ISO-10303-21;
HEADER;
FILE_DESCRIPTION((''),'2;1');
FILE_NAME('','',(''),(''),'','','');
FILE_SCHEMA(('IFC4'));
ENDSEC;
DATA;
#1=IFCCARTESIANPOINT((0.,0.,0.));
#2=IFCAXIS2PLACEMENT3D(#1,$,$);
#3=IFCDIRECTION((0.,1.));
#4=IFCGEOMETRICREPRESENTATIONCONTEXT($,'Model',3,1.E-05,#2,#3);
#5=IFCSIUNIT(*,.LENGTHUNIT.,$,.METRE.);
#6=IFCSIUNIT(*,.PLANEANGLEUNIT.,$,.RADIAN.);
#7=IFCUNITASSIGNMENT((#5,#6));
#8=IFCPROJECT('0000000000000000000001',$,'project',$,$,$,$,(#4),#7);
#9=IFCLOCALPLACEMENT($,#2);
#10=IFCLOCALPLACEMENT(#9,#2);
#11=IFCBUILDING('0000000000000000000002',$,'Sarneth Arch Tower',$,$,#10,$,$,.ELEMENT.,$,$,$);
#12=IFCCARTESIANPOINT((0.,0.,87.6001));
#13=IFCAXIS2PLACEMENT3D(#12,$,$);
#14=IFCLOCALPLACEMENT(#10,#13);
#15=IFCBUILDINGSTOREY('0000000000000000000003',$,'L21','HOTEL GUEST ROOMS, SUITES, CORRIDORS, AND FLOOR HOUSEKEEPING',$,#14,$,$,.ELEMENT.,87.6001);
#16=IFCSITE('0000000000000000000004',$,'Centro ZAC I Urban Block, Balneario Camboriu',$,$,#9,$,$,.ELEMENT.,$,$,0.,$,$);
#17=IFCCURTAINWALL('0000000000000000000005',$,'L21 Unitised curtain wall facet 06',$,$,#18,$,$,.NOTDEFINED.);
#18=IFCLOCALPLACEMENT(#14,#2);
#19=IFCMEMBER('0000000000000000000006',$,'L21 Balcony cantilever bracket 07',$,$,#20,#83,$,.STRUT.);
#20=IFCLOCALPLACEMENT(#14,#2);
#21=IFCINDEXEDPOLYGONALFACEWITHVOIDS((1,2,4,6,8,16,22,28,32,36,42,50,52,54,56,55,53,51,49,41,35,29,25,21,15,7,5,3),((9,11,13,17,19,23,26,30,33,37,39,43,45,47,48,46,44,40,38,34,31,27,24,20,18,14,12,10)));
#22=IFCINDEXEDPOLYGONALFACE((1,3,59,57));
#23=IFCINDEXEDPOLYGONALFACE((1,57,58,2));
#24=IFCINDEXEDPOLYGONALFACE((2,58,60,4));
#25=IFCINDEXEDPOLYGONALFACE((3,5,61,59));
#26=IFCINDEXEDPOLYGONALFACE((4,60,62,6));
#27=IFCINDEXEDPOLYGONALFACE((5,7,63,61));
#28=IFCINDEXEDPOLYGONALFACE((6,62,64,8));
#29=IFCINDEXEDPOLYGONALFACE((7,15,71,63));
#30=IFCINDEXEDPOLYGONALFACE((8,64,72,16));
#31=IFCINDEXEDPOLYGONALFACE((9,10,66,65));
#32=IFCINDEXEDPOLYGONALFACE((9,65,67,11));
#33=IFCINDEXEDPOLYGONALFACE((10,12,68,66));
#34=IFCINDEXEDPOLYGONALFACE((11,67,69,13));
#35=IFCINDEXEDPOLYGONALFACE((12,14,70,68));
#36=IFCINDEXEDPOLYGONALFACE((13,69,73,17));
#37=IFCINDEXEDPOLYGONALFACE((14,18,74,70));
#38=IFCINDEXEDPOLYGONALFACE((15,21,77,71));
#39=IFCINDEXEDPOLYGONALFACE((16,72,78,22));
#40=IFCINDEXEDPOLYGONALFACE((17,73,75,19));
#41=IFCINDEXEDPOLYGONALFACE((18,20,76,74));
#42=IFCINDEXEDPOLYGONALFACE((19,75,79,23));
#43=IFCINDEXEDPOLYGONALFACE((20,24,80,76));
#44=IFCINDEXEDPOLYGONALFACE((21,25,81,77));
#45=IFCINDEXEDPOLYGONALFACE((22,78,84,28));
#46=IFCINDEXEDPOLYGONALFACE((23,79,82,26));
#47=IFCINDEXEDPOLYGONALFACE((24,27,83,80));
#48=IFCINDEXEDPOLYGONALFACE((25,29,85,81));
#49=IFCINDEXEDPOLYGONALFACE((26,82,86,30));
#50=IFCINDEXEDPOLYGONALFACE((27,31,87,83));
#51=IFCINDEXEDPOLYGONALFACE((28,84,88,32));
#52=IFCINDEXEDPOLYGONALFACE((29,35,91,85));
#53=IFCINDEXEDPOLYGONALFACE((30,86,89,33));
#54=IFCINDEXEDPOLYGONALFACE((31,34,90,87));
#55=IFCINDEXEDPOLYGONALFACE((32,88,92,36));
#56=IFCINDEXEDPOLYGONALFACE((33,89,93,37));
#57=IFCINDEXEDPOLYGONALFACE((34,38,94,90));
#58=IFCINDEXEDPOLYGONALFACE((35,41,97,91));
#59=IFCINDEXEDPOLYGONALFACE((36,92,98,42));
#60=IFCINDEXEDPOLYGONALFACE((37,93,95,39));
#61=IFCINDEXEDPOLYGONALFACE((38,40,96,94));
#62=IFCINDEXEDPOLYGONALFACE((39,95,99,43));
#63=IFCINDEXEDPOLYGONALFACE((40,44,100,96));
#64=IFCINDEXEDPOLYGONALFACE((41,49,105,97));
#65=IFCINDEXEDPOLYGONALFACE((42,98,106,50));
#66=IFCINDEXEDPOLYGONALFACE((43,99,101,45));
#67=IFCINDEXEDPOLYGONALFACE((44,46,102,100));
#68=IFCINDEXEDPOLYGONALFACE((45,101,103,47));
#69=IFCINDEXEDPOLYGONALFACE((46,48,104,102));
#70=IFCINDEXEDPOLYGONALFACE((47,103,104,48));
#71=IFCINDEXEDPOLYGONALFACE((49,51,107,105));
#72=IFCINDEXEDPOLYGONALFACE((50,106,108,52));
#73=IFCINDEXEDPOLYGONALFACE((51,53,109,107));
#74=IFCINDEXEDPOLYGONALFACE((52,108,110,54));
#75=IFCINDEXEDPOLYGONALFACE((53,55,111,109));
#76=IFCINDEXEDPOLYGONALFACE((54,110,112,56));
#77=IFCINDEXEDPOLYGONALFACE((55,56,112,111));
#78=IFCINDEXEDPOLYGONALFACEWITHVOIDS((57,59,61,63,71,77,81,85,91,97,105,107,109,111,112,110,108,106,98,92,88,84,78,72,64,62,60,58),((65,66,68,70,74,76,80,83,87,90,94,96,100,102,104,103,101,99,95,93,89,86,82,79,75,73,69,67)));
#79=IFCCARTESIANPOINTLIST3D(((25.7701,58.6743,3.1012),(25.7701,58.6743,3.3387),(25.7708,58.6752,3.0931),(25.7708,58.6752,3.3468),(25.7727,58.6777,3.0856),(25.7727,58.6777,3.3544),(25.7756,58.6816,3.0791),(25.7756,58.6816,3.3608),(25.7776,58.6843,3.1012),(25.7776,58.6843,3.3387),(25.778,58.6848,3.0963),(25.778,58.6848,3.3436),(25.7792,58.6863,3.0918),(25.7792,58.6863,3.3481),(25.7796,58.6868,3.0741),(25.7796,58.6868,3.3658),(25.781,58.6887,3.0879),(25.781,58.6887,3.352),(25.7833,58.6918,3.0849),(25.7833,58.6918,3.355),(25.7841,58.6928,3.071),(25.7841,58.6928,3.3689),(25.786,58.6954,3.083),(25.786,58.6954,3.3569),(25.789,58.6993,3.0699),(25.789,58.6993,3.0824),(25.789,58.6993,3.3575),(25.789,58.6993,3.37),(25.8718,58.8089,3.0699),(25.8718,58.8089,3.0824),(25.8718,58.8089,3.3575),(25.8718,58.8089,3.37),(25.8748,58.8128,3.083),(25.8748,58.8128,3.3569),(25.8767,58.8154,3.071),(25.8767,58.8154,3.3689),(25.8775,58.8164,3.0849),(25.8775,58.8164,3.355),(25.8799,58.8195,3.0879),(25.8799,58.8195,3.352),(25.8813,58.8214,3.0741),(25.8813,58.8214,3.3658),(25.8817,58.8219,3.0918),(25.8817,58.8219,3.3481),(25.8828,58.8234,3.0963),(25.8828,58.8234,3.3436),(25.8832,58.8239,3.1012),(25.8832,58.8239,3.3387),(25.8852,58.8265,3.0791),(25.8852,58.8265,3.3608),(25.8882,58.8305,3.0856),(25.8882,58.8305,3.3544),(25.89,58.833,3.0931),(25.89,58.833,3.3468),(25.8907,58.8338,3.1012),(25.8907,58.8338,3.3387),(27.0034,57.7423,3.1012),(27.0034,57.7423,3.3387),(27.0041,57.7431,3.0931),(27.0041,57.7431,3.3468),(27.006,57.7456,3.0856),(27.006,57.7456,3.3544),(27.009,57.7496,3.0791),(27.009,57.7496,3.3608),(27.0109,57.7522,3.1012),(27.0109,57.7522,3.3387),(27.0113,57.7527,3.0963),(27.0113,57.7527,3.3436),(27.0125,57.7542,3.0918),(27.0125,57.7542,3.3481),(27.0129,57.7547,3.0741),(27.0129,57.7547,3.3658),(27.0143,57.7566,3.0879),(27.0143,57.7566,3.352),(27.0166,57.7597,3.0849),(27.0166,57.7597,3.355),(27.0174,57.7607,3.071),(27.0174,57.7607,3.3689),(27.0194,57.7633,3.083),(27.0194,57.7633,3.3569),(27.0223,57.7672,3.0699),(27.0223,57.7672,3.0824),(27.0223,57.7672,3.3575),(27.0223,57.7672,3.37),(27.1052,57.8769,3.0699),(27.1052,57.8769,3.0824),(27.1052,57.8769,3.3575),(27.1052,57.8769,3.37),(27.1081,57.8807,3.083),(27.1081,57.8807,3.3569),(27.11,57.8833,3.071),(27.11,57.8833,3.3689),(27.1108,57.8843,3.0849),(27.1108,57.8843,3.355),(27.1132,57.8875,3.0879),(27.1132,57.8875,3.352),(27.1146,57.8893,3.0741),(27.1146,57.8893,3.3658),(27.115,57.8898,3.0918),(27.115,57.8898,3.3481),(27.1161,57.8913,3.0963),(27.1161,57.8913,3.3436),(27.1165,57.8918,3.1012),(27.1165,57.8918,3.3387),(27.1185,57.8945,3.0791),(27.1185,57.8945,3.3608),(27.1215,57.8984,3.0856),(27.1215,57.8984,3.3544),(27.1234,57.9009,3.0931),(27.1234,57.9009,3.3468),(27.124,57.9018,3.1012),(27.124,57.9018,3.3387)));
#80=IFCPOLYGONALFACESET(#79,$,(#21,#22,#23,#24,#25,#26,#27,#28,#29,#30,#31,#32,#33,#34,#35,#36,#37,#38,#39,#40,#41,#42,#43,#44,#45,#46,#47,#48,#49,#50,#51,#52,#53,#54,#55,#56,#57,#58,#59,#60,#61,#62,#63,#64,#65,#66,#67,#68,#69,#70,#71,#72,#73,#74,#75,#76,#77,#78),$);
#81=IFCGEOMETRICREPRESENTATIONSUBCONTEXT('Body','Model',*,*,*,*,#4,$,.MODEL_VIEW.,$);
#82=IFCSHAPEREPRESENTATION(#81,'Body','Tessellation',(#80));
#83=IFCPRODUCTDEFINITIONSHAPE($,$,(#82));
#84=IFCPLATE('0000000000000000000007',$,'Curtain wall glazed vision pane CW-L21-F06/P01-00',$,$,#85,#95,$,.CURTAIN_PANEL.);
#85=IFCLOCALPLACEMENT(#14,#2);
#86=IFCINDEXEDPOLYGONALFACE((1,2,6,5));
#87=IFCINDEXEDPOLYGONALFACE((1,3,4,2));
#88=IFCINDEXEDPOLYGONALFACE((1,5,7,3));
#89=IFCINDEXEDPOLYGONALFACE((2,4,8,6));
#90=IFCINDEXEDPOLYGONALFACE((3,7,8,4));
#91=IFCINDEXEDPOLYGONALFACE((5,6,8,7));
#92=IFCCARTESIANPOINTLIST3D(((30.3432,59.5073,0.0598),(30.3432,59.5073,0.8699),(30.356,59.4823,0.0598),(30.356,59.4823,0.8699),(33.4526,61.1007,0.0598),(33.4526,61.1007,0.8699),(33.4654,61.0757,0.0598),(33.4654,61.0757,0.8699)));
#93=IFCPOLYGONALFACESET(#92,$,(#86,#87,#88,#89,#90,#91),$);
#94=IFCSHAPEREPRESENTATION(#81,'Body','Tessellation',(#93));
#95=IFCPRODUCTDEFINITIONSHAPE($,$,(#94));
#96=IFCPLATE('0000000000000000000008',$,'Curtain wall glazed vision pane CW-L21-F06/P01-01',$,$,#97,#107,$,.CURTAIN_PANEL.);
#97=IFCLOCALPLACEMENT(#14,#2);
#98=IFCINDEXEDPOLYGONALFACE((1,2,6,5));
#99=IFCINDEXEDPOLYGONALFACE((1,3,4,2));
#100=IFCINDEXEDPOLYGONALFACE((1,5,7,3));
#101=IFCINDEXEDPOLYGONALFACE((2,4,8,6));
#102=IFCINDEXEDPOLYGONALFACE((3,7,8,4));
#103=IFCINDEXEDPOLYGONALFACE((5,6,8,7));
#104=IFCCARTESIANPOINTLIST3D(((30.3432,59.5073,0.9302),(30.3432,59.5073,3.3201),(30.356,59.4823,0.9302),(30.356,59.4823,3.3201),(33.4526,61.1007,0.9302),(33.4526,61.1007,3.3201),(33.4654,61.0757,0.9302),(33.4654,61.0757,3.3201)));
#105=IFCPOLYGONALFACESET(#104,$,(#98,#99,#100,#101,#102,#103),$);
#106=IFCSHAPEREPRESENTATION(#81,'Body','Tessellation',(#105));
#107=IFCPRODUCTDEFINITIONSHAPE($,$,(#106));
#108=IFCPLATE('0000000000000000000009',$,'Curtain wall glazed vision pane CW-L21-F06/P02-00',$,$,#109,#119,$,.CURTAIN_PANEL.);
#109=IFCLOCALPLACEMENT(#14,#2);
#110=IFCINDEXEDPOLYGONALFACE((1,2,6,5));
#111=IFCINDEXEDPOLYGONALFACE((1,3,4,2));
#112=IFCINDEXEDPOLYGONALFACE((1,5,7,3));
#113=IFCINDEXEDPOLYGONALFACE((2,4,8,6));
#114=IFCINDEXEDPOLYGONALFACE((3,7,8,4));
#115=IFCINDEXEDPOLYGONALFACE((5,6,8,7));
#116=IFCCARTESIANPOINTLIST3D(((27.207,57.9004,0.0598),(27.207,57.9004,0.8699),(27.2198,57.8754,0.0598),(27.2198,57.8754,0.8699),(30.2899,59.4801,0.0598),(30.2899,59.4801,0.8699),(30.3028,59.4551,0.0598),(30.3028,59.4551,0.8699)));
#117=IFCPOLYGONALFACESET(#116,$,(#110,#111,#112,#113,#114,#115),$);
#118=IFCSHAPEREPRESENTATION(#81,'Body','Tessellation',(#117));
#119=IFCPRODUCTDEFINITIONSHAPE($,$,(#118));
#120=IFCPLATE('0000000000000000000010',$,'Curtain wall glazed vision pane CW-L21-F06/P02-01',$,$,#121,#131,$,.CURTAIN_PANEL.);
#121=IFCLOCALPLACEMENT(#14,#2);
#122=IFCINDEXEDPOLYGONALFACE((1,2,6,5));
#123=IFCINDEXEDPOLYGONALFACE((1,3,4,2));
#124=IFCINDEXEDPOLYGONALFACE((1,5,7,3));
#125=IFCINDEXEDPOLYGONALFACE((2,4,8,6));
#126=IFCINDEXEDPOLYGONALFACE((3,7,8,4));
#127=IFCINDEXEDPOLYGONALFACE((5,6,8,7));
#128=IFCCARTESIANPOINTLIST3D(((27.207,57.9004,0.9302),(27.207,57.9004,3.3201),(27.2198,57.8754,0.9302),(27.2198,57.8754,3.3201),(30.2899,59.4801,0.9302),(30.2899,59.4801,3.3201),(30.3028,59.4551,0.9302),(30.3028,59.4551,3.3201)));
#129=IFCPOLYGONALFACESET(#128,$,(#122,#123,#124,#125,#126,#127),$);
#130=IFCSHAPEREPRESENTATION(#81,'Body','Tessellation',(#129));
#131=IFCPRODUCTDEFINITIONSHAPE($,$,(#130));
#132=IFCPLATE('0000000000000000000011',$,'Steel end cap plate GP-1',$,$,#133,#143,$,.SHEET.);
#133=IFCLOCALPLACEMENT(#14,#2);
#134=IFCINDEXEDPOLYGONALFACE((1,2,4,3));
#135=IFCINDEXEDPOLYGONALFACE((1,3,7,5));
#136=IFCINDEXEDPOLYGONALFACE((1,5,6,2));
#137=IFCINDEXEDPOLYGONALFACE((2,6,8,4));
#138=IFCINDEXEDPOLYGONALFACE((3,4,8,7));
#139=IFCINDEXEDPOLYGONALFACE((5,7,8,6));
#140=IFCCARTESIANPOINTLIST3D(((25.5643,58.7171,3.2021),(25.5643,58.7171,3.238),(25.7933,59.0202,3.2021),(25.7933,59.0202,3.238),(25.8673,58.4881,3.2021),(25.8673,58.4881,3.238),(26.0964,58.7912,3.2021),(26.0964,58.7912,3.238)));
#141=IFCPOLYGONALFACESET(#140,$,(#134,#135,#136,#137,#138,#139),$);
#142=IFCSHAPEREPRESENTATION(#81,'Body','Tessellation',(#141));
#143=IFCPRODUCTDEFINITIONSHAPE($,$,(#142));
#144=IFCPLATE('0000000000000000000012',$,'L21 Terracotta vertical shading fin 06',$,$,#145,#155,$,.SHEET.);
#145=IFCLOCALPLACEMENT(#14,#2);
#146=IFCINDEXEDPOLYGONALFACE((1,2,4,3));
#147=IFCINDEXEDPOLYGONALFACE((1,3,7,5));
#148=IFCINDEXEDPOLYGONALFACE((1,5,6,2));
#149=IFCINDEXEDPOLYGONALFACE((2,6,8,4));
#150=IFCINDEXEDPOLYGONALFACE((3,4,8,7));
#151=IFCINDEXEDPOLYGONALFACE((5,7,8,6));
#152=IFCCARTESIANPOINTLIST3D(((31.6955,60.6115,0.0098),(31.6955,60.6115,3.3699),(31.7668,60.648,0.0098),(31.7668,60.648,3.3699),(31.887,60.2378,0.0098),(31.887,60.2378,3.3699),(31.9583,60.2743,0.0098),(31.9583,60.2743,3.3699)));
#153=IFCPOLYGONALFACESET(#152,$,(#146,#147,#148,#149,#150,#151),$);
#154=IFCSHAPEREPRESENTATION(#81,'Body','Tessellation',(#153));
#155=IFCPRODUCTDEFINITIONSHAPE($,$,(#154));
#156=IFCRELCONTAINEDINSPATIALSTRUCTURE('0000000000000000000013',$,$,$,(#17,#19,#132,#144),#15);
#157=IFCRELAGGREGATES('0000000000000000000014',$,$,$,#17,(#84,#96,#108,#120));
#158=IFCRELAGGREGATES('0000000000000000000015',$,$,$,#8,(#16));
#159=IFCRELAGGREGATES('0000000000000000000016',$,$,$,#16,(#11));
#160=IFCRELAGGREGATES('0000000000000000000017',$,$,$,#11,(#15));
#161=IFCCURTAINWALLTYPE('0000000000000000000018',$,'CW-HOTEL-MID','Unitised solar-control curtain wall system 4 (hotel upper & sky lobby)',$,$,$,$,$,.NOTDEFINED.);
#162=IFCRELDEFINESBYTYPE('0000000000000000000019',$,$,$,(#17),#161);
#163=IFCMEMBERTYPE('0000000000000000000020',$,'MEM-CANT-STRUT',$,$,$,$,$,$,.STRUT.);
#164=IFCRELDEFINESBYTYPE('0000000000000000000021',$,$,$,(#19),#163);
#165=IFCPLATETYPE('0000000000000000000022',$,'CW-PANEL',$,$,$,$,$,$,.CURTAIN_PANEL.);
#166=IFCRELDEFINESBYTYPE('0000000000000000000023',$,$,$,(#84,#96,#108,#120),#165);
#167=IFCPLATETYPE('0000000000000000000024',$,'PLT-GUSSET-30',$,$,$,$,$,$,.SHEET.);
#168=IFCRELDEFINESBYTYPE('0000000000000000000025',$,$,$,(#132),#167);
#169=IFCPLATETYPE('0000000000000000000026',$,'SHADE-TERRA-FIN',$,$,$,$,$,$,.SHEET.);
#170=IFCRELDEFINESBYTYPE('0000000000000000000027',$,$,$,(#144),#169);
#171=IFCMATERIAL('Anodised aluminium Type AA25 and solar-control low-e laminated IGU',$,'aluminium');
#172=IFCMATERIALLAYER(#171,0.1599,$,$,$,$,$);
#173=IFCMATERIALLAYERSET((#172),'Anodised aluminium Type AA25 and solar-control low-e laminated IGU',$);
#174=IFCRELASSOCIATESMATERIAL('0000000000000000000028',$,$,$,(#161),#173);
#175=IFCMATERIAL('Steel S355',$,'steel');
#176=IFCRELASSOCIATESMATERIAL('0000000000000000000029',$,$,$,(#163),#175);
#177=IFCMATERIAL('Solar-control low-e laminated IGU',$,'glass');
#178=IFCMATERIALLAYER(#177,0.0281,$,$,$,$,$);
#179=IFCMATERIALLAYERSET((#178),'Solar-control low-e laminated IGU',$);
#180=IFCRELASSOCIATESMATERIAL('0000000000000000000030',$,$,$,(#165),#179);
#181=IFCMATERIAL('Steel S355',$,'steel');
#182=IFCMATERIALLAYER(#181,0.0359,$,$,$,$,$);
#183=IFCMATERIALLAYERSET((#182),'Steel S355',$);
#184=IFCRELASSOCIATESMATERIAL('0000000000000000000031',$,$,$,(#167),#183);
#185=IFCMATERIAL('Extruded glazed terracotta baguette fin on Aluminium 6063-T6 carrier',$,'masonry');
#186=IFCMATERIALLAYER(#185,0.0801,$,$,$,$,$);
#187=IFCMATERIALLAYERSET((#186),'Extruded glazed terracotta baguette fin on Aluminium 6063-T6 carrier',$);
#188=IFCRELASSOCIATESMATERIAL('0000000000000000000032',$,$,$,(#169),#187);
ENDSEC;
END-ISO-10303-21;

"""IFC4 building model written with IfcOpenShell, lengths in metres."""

from ifc_helpers import new_model, si_unit, direction, frame, origin, origin_2d, place, context, subcontext, project, spatial, rectangle, hollow_rectangle, extrude, material, layer, layer_set, material_profile, profile_set, type_object, element, aggregate, save


model = new_model("IFC4")

# Units and contexts
model_context = context("Model", 3, precision=1e-05, world=origin(), true_north=direction((0.0, 1.0)))
body_context = subcontext(model_context, "Body", "Model", "MODEL_VIEW")
ifc_project = project(units=[si_unit("LENGTHUNIT", "METRE"), si_unit("PLANEANGLEUNIT", "RADIAN")], contexts=[model_context])

# Site, building, storey
site_placement = place(None, origin())
site = spatial("IfcSite", under=ifc_project, at=site_placement, Name="Centro ZAC I Urban Block, Balneario Camboriu", CompositionType="ELEMENT", RefElevation=0.0)
building_placement = place(site_placement, origin())
building = spatial("IfcBuilding", under=site, at=building_placement, Name="Sarneth Arch Tower", CompositionType="ELEMENT")
storey_placement = place(building_placement, frame((0.0, 0.0, 87.6001)))
storey = spatial("IfcBuildingStorey", under=building, at=storey_placement, Name="L21", Description="HOTEL GUEST ROOMS, SUITES, CORRIDORS, AND FLOOR HOUSEKEEPING", CompositionType="ELEMENT", Elevation=87.6001)

# Curtain wall
ifc_material_1 = material(Name="Anodised aluminium Type AA25 and solar-control low-e laminated IGU", Category="aluminium")
ifc_layer_1 = layer(ifc_material_1, 0.1599)
ifc_layer_set_1 = layer_set([ifc_layer_1], Name="Anodised aluminium Type AA25 and solar-control low-e laminated IGU")
curtain_wall_type = type_object("IfcCurtainWallType", Name="CW-HOTEL-MID", Description="Unitised solar-control curtain wall system 4 (hotel upper & sky lobby)", PredefinedType="NOTDEFINED", material=ifc_layer_set_1)
curtain_wall_placement = place(storey_placement, origin())
curtain_wall = element("IfcCurtainWall", 1, at=curtain_wall_placement, inside=storey, type_object=curtain_wall_type, Name="L21 Unitised curtain wall facet 06", PredefinedType="NOTDEFINED")

# Member
ifc_material_2 = material(Name="Steel S355", Category="steel")
ifc_material_profile_1 = material_profile(ifc_material_2, hollow_rectangle(XDim=0.2, YDim=0.3, WallThickness=0.0125, InnerFilletRadius=0.0188, OuterFilletRadius=0.0312, at=origin_2d()), Name="RHS300x200x12.5")
ifc_profile_set_1 = profile_set([ifc_material_profile_1], Name="Steel S355")
member_type_1 = type_object("IfcMemberType", Name="MEM-CANT-STRUT", PredefinedType="STRUT", material=ifc_profile_set_1)
member_1_placement = place(storey_placement, frame((27.0637, 57.822, 3.22), z_axis=(-0.797796, 0.602927, 0.0), x_axis=(-0.602927, -0.797796, 0.0)))
element("IfcMember", 2, at=member_1_placement, inside=storey, type_object=member_type_1, Name="L21 Balcony cantilever bracket 07", PredefinedType="STRUT", context=body_context, shape_type="SweptSolid", body=[
    extrude(hollow_rectangle(XDim=0.2, YDim=0.3, WallThickness=0.0125, InnerFilletRadius=0.0188, OuterFilletRadius=0.0312, at=origin_2d()), origin(), (0.0, 0.0, 1.0), 1.5459),
])

# Plates
ifc_material_3 = material(Name="Solar-control low-e laminated IGU", Category="glass")
ifc_layer_2 = layer(ifc_material_3, 0.0281)
ifc_layer_set_2 = layer_set([ifc_layer_2], Name="Solar-control low-e laminated IGU")
plate_type_1 = type_object("IfcPlateType", Name="CW-PANEL", PredefinedType="CURTAIN_PANEL", material=ifc_layer_set_2)
plate_1_placement = place(storey_placement, frame((31.9043, 60.2915, 0.0598), z_axis=(0.0, 0.0, 1.0), x_axis=(-0.889964, -0.456031, 0.0)))
plate_1 = element("IfcPlate", 3, at=plate_1_placement, type_object=plate_type_1, Name="Curtain wall glazed vision pane CW-L21-F06/P01-00", PredefinedType="CURTAIN_PANEL", context=body_context, shape_type="SweptSolid", body=[
    extrude(rectangle(XDim=3.4939, YDim=0.0281, at=origin_2d()), origin(), (0.0, 0.0, 1.0), 0.8101),
])
plate_2_placement = place(storey_placement, frame((31.9043, 60.2915, 0.9302), z_axis=(0.0, 0.0, 1.0), x_axis=(-0.889964, -0.456031, 0.0)))
plate_2 = element("IfcPlate", 4, at=plate_2_placement, type_object=plate_type_1, Name="Curtain wall glazed vision pane CW-L21-F06/P01-01", PredefinedType="CURTAIN_PANEL", context=body_context, shape_type="SweptSolid", body=[
    extrude(rectangle(XDim=3.4939, YDim=0.0281, at=origin_2d()), origin(), (0.0, 0.0, 1.0), 2.3899),
])
plate_3_placement = place(storey_placement, frame((28.7549, 58.6777, 0.0598), z_axis=(0.0, 0.0, 1.0), x_axis=(-0.889964, -0.456031, 0.0)))
plate_3 = element("IfcPlate", 5, at=plate_3_placement, type_object=plate_type_1, Name="Curtain wall glazed vision pane CW-L21-F06/P02-00", PredefinedType="CURTAIN_PANEL", context=body_context, shape_type="SweptSolid", body=[
    extrude(rectangle(XDim=3.4641, YDim=0.0281, at=origin_2d()), origin(), (0.0, 0.0, 1.0), 0.8101),
])
plate_4_placement = place(storey_placement, frame((28.7549, 58.6777, 0.9302), z_axis=(0.0, 0.0, 1.0), x_axis=(-0.889964, -0.456031, 0.0)))
plate_4 = element("IfcPlate", 6, at=plate_4_placement, type_object=plate_type_1, Name="Curtain wall glazed vision pane CW-L21-F06/P02-01", PredefinedType="CURTAIN_PANEL", context=body_context, shape_type="SweptSolid", body=[
    extrude(rectangle(XDim=3.4641, YDim=0.0281, at=origin_2d()), origin(), (0.0, 0.0, 1.0), 2.3899),
])
aggregate(curtain_wall, [plate_1, plate_2, plate_3, plate_4])

# Plates
ifc_material_4 = material(Name="Steel S355", Category="steel")
ifc_layer_3 = layer(ifc_material_4, 0.0359)
ifc_layer_set_3 = layer_set([ifc_layer_3], Name="Steel S355")
plate_type_2 = type_object("IfcPlateType", Name="PLT-GUSSET-30", PredefinedType="SHEET", material=ifc_layer_set_3)
plate_5_placement = place(storey_placement, frame((25.8303, 58.7542, 3.2021), z_axis=(0.0, 0.0, 1.0), x_axis=(-0.797794, 0.60293, 0.0)))
element("IfcPlate", 7, at=plate_5_placement, inside=storey, type_object=plate_type_2, Name="Steel end cap plate GP-1", PredefinedType="SHEET", context=body_context, shape_type="SweptSolid", body=[
    extrude(rectangle(XDim=0.3799, YDim=0.3799, at=origin_2d()), origin(), (0.0, 0.0, 1.0), 0.0359),
])
ifc_material_5 = material(Name="Extruded glazed terracotta baguette fin on Aluminium 6063-T6 carrier", Category="masonry")
ifc_layer_4 = layer(ifc_material_5, 0.0801)
ifc_layer_set_4 = layer_set([ifc_layer_4], Name="Extruded glazed terracotta baguette fin on Aluminium 6063-T6 carrier")
plate_type_3 = type_object("IfcPlateType", Name="SHADE-TERRA-FIN", PredefinedType="SHEET", material=ifc_layer_set_4)
plate_6_placement = place(storey_placement, frame((31.8269, 60.4429, 0.0098), z_axis=(0.0, 0.0, 1.0), x_axis=(-0.456011, 0.889974, 0.0)))
element("IfcPlate", 8, at=plate_6_placement, inside=storey, type_object=plate_type_3, Name="L21 Terracotta vertical shading fin 06", PredefinedType="SHEET", context=body_context, shape_type="SweptSolid", body=[
    extrude(rectangle(XDim=0.4199, YDim=0.0801, at=origin_2d()), origin(), (0.0, 0.0, 1.0), 3.3601),
])

save(model, "model.ifc")
